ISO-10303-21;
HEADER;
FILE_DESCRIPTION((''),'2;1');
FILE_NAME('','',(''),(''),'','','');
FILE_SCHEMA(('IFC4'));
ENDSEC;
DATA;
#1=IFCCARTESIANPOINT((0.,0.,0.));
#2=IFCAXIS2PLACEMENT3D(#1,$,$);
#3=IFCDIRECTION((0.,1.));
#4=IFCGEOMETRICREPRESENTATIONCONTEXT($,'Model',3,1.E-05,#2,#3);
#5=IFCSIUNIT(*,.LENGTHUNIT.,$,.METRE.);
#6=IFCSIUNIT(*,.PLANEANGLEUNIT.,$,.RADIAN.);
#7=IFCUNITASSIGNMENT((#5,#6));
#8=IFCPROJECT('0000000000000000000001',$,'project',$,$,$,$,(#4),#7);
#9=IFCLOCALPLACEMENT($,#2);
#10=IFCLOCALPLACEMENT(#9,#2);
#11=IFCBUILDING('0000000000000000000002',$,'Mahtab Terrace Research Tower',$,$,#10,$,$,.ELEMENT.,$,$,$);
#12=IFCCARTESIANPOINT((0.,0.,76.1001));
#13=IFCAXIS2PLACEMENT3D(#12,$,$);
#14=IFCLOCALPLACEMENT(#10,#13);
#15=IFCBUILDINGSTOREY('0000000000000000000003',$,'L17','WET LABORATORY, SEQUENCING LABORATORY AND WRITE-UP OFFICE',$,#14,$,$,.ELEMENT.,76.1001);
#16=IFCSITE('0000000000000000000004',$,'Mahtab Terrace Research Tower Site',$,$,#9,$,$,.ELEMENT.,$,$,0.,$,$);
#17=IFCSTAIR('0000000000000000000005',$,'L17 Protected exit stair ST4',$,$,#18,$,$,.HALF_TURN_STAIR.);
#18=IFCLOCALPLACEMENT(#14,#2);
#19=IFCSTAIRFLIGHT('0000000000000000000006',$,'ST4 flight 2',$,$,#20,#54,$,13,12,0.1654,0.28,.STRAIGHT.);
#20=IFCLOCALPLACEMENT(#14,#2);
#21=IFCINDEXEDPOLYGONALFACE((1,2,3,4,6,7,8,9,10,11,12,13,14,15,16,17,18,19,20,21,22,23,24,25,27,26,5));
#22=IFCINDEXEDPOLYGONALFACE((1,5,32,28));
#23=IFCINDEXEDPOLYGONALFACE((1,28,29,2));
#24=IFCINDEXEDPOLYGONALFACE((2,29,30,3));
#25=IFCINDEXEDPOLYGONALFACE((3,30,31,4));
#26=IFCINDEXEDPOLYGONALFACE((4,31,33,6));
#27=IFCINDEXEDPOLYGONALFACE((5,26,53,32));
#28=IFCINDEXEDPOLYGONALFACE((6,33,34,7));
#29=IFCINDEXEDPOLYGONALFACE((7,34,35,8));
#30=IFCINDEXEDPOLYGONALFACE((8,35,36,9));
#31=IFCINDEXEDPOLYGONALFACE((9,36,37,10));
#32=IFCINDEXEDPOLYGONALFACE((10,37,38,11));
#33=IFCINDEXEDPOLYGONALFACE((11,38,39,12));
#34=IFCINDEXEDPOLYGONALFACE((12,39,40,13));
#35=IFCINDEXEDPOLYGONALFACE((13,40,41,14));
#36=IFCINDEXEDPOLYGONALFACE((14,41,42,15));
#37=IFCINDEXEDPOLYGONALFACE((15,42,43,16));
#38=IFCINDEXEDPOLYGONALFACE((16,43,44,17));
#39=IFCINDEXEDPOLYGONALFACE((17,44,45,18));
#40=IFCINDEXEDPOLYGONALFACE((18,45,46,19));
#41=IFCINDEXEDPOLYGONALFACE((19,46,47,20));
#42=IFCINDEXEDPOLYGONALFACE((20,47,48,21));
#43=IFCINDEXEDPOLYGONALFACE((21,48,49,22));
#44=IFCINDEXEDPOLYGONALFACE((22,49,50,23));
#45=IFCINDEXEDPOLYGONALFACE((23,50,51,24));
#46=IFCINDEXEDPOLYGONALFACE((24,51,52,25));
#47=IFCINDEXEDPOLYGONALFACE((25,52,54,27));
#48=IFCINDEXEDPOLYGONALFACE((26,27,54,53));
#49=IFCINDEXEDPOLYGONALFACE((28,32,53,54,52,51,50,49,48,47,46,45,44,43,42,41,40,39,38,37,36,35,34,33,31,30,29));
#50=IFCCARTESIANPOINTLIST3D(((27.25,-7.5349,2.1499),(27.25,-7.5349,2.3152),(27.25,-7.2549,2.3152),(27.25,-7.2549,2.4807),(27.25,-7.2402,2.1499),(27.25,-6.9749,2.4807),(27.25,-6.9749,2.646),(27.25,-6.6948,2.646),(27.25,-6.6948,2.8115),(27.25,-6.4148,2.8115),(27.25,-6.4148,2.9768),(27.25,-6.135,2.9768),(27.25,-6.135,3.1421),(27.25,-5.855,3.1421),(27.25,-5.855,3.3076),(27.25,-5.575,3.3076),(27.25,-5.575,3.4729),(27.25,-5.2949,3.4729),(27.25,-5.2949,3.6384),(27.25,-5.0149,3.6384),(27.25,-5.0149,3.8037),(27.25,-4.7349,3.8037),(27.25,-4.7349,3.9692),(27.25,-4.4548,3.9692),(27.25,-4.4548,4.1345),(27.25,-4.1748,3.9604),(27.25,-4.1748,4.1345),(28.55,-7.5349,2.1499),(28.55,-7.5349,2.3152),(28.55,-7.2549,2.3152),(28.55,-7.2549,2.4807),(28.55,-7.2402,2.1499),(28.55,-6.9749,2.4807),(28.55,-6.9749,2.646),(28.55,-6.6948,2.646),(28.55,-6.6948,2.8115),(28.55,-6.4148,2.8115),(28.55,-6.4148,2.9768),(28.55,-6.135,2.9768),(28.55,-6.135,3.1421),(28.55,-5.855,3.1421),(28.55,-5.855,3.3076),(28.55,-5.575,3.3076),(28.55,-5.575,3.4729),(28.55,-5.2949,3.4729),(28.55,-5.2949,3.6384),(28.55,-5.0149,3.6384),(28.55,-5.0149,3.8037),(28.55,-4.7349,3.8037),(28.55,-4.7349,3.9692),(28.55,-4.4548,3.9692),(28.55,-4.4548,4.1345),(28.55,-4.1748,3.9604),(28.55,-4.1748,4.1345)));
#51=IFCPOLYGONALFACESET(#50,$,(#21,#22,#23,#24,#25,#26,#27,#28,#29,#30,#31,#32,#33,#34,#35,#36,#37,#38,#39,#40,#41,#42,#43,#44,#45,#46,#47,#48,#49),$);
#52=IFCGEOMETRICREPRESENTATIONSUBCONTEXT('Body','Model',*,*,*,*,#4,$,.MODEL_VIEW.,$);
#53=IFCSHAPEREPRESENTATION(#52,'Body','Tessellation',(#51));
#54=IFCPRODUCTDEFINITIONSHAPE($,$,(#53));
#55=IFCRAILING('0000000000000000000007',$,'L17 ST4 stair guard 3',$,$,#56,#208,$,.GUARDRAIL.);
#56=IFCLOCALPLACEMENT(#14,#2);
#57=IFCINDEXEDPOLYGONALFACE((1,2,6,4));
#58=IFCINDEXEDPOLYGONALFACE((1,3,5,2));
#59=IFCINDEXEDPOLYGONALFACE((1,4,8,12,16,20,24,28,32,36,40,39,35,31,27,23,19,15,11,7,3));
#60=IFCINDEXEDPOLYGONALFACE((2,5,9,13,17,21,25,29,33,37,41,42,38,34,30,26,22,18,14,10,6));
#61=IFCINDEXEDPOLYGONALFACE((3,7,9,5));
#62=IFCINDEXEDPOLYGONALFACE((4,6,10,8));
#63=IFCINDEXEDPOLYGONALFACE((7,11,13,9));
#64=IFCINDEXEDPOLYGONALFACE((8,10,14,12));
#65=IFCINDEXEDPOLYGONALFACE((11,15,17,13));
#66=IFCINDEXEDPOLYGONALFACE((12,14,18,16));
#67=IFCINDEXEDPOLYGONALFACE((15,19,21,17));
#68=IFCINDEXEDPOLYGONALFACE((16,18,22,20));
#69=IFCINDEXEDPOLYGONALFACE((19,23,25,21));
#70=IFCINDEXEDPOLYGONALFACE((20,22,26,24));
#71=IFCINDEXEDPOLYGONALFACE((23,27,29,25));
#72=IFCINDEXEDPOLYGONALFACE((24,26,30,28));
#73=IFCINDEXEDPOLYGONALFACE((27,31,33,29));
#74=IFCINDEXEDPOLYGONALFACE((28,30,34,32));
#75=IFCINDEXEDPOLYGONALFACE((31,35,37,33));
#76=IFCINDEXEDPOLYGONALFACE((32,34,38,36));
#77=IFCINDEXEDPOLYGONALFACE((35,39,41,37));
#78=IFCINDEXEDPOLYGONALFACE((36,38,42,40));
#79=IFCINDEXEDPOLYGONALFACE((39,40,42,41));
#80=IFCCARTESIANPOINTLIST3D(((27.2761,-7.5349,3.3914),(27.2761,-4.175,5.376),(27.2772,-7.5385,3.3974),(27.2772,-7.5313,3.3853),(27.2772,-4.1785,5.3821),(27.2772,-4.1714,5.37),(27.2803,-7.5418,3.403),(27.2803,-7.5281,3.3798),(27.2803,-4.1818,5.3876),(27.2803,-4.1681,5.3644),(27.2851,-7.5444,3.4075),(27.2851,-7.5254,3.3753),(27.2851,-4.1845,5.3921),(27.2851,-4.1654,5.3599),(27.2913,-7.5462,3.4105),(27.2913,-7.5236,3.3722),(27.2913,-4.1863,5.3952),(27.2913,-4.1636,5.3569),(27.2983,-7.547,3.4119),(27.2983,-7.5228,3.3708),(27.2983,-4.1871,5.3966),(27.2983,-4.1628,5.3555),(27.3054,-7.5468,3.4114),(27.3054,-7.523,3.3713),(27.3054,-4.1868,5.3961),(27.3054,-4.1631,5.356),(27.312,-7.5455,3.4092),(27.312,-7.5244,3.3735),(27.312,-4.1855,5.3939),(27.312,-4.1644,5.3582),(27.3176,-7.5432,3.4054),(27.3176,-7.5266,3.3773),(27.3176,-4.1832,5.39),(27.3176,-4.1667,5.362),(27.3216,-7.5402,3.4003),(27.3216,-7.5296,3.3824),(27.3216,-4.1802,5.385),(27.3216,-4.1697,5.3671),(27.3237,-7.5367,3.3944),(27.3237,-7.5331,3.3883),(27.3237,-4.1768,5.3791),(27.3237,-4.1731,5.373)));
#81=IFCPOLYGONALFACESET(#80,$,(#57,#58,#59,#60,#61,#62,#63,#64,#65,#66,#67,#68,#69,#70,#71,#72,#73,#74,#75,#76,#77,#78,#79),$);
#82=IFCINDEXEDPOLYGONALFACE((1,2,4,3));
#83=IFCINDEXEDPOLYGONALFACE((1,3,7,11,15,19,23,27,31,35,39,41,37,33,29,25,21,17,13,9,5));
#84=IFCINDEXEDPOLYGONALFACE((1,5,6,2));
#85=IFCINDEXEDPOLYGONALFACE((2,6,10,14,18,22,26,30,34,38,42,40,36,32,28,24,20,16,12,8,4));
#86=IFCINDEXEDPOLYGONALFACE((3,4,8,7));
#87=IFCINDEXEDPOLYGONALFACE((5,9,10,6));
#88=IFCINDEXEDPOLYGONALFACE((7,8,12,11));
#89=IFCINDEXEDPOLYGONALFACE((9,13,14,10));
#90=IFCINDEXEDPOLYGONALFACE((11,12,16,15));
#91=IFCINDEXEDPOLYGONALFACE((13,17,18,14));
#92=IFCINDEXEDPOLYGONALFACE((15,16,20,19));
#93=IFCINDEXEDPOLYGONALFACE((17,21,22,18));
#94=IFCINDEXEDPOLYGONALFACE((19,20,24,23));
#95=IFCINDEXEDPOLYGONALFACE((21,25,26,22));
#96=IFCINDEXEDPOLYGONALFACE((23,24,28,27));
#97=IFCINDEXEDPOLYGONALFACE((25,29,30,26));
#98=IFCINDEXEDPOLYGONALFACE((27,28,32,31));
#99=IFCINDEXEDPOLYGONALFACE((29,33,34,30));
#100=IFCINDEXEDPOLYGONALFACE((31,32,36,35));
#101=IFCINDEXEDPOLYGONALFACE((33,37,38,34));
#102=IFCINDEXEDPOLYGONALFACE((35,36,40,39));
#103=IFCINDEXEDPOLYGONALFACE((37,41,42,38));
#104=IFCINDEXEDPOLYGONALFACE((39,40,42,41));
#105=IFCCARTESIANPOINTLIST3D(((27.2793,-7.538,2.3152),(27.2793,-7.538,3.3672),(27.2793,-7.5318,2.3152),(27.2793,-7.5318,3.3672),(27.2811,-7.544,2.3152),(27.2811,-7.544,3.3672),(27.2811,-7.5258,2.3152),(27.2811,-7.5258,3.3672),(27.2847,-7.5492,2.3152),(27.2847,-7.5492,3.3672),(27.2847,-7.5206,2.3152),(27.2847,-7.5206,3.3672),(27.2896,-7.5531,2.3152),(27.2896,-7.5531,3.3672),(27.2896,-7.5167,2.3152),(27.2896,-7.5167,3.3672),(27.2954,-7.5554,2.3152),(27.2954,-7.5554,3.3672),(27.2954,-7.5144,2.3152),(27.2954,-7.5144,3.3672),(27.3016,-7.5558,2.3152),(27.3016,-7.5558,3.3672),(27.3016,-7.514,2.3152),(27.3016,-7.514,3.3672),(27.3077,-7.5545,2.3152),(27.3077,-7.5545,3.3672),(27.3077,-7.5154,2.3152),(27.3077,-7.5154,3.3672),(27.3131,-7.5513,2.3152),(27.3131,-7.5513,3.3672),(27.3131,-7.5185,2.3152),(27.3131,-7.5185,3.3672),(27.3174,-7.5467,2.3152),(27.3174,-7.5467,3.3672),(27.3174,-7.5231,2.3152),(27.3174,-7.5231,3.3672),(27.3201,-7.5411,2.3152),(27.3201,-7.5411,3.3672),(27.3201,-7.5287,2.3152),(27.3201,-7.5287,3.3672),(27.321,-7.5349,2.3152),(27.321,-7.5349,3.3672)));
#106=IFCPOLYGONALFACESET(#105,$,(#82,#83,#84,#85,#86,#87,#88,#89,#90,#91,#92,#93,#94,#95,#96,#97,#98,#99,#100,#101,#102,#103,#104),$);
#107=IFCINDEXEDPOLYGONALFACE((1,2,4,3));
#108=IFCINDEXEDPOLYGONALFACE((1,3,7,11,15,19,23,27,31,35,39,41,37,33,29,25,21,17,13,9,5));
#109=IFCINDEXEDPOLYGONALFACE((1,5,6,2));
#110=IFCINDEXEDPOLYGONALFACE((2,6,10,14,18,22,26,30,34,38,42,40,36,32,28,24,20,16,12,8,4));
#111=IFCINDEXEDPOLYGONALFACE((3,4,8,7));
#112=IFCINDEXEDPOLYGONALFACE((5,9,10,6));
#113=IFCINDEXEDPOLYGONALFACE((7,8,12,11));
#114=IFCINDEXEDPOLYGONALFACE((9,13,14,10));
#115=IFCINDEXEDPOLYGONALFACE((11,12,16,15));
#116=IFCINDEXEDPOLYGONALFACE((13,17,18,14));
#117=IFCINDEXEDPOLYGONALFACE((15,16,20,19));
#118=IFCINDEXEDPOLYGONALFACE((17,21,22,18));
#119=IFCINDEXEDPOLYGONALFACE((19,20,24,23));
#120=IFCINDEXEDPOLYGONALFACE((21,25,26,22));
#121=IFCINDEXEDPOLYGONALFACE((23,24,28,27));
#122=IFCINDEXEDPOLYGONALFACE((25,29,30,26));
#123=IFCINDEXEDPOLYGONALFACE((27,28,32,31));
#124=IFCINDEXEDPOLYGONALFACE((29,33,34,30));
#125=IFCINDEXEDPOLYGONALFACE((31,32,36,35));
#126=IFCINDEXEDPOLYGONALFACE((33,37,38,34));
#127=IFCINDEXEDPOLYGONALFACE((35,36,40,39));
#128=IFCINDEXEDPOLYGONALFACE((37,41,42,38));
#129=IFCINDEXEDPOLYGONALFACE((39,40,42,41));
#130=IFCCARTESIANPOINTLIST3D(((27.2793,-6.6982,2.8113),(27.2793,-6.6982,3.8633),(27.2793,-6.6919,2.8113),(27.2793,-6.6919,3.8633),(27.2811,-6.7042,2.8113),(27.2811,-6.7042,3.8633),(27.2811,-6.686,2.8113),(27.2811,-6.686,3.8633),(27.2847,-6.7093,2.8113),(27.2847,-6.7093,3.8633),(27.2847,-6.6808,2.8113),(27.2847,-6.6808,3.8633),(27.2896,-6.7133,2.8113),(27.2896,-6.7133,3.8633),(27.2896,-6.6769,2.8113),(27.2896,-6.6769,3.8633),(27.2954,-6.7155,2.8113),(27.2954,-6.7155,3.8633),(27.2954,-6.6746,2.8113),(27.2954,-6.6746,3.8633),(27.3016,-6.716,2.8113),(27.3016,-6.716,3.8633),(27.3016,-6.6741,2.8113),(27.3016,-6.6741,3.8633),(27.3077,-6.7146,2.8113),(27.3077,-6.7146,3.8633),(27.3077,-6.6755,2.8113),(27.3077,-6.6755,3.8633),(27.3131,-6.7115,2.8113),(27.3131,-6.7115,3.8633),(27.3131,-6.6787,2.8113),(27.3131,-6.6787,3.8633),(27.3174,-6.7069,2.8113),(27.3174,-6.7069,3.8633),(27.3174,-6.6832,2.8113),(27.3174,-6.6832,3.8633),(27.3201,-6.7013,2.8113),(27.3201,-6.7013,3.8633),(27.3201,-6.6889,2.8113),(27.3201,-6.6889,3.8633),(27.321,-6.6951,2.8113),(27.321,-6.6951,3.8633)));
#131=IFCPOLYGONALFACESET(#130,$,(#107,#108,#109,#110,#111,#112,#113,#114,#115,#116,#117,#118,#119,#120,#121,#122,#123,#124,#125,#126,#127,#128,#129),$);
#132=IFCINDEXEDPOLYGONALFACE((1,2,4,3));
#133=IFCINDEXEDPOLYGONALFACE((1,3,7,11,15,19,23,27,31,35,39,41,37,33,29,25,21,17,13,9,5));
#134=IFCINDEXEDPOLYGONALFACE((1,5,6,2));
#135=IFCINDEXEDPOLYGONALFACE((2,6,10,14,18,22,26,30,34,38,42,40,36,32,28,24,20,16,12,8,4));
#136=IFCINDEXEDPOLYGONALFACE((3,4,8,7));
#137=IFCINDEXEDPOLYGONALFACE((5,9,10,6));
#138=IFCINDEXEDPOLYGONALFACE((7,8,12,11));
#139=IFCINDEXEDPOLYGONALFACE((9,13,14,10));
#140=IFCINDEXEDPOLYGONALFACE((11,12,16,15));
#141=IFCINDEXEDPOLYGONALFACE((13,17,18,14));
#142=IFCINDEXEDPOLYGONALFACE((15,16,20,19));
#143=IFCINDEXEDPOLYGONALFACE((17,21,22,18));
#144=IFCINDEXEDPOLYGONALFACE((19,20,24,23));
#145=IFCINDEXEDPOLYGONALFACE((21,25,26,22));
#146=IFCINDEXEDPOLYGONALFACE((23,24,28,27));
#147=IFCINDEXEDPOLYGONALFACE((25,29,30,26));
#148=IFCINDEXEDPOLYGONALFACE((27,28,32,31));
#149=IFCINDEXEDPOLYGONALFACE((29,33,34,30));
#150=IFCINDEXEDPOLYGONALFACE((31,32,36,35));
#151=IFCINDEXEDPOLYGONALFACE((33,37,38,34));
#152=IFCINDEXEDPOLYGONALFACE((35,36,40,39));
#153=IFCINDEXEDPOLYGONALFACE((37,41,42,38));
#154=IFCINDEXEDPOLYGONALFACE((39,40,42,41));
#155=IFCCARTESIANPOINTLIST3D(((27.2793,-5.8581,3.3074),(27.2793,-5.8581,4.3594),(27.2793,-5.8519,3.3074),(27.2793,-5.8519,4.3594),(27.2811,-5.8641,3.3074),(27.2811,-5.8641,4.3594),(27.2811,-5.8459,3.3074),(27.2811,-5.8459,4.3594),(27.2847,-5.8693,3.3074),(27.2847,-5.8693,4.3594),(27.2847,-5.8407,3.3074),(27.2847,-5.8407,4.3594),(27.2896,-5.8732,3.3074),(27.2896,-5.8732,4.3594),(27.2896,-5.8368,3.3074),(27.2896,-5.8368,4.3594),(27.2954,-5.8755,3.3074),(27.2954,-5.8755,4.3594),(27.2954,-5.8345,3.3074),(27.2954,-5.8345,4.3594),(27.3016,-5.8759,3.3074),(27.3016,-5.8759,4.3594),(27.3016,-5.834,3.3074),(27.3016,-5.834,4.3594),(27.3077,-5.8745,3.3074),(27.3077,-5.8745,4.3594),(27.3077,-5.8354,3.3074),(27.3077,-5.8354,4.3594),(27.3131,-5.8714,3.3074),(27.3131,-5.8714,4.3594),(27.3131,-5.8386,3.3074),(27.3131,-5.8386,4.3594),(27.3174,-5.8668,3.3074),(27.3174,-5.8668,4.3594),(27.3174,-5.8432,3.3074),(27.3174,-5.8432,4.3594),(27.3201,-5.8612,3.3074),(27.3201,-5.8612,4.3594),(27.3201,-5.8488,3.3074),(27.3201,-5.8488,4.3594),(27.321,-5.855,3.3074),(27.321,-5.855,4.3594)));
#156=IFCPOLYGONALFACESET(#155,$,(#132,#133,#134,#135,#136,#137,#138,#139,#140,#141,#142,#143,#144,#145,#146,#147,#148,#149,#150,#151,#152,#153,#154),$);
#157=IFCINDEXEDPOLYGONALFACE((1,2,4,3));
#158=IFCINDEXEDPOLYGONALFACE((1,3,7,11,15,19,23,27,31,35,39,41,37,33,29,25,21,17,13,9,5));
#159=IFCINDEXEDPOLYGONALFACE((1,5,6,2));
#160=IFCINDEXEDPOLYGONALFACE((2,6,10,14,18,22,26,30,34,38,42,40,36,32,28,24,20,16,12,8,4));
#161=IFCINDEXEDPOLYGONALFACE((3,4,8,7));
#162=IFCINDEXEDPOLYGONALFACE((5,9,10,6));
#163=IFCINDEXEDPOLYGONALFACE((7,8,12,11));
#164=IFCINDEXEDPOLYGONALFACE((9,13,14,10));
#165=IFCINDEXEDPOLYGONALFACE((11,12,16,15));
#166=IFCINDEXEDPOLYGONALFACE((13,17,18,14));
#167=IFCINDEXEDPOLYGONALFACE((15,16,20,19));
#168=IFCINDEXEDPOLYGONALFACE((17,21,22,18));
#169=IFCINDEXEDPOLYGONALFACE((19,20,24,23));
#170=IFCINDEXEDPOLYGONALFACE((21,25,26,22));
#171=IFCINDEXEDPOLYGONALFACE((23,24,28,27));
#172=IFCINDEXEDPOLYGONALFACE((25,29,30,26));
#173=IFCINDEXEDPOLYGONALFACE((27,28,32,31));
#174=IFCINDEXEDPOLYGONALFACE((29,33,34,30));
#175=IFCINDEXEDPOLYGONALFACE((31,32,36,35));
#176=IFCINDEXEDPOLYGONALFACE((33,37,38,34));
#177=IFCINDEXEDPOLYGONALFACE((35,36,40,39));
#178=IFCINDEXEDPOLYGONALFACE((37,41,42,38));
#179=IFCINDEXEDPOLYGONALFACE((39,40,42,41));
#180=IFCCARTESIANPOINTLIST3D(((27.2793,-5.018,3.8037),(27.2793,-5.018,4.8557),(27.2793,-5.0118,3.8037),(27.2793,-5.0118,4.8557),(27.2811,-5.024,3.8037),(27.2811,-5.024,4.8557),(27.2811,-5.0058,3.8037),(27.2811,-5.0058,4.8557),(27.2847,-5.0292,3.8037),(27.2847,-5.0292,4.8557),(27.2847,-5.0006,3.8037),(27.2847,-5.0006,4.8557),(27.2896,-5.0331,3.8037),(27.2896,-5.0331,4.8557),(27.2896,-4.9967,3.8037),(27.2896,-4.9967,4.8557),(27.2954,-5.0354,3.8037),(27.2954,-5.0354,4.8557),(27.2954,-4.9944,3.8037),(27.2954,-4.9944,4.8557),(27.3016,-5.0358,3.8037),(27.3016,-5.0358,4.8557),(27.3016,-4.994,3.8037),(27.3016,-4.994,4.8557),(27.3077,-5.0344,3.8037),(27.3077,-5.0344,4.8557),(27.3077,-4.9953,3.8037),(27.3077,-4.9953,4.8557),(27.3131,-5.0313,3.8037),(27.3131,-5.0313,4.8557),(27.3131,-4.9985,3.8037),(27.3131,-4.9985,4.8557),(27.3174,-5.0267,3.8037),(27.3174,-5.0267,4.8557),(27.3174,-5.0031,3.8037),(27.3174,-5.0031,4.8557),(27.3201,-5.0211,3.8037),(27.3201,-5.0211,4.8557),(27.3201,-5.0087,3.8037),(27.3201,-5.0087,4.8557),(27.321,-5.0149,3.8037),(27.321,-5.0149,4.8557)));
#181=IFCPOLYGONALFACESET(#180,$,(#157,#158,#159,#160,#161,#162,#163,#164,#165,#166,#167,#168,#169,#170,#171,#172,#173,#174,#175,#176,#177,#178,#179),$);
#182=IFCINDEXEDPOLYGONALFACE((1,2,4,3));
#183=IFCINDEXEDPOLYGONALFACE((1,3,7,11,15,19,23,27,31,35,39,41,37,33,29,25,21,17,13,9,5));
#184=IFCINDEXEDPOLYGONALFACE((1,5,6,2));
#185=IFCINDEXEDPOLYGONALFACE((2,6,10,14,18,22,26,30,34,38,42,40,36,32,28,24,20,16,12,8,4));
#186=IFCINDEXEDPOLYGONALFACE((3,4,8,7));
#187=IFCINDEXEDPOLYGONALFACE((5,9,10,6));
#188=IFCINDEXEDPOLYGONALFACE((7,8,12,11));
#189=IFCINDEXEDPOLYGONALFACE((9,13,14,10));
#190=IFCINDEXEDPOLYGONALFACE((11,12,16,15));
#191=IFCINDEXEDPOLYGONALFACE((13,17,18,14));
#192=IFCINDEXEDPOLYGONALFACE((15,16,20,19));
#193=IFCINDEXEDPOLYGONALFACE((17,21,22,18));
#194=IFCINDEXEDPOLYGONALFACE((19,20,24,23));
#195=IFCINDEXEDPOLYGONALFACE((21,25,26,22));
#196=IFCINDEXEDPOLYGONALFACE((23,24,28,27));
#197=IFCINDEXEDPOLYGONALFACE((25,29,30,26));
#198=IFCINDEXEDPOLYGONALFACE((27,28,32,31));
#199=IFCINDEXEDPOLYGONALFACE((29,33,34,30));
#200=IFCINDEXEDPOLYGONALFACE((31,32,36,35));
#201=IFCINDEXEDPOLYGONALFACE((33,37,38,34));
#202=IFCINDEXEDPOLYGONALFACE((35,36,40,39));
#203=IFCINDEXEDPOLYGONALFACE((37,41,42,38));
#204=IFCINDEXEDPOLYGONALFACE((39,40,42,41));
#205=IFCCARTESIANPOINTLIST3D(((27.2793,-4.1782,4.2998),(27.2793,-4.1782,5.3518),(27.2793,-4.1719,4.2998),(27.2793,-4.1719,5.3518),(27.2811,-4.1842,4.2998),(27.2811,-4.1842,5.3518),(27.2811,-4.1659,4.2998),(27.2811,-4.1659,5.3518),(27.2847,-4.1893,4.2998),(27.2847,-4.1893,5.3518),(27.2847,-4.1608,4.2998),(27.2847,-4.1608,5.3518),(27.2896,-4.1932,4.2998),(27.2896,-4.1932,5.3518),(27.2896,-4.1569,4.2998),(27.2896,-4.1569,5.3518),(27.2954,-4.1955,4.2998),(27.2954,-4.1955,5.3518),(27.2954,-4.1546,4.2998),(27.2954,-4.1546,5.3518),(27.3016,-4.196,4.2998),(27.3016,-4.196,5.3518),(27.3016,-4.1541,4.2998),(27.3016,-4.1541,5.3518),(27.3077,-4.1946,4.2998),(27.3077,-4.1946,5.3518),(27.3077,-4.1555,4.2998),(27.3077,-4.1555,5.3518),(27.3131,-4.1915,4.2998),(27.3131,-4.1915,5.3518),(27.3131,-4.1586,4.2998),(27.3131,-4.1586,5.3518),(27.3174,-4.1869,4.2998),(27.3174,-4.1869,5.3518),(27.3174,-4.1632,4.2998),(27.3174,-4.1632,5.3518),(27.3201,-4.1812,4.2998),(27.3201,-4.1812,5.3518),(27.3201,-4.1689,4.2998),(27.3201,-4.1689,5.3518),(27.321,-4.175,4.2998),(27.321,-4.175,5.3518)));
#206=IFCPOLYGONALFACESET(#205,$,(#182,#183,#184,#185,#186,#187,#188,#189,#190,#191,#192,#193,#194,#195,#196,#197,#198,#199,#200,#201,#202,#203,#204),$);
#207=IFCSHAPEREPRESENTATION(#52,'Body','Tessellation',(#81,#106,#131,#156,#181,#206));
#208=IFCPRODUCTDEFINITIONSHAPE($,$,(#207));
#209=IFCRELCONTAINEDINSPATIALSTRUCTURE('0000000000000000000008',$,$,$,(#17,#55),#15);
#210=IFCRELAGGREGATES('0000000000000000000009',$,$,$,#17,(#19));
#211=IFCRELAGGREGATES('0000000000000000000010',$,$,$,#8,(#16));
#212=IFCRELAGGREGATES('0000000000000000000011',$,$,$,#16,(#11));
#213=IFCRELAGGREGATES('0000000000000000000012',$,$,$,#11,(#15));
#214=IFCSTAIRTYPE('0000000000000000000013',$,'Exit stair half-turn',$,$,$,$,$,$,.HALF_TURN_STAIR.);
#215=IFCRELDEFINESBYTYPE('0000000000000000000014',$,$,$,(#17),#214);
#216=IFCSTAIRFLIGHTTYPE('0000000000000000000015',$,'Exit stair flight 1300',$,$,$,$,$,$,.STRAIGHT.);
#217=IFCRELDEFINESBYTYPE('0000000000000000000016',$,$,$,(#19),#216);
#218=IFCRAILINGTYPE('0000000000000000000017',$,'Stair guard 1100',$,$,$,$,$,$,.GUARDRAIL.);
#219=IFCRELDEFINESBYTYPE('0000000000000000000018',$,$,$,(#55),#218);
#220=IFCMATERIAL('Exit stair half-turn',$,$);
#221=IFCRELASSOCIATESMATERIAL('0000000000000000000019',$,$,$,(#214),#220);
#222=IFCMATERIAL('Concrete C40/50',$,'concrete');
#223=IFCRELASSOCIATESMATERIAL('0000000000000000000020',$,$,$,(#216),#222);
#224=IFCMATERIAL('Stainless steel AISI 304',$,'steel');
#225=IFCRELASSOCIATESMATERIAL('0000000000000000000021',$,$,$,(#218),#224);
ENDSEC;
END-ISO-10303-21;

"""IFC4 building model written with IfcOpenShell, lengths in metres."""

from ifc_helpers import new_model, si_unit, direction, frame, origin, origin_2d, place, context, subcontext, project, spatial, polyline, circle, outline, extrude, material, type_object, element, aggregate, save


model = new_model("IFC4")

# Units and contexts
model_context = context("Model", 3, precision=1e-05, world=origin(), true_north=direction((0.0, 1.0)))
body_context = subcontext(model_context, "Body", "Model", "MODEL_VIEW")
ifc_project = project(units=[si_unit("LENGTHUNIT", "METRE"), si_unit("PLANEANGLEUNIT", "RADIAN")], contexts=[model_context])

# Site, building, storey
site_placement = place(None, origin())
site = spatial("IfcSite", under=ifc_project, at=site_placement, Name="Mahtab Terrace Research Tower Site", CompositionType="ELEMENT", RefElevation=0.0)
building_placement = place(site_placement, origin())
building = spatial("IfcBuilding", under=site, at=building_placement, Name="Mahtab Terrace Research Tower", CompositionType="ELEMENT")
storey_placement = place(building_placement, frame((0.0, 0.0, 76.1001)))
storey = spatial("IfcBuildingStorey", under=building, at=storey_placement, Name="L17", Description="WET LABORATORY, SEQUENCING LABORATORY AND WRITE-UP OFFICE", CompositionType="ELEMENT", Elevation=76.1001)

# Stair, stair flight
ifc_material_1 = material(Name="Exit stair half-turn")
stair_type = type_object("IfcStairType", Name="Exit stair half-turn", PredefinedType="HALF_TURN_STAIR", material=ifc_material_1)
stair_placement = place(storey_placement, origin())
stair = element("IfcStair", 1, at=stair_placement, inside=storey, type_object=stair_type, Name="L17 Protected exit stair ST4", PredefinedType="HALF_TURN_STAIR")
ifc_material_2 = material(Name="Concrete C40/50", Category="concrete")
stair_flight_type = type_object("IfcStairFlightType", Name="Exit stair flight 1300", PredefinedType="STRAIGHT", material=ifc_material_2)
stair_flight_placement = place(storey_placement, frame((27.8999, -7.5349, 2.1499), z_axis=(0.0, 0.0, 1.0), x_axis=(0.0, 1.0, 0.0)))
stair_flight = element("IfcStairFlight", 2, at=stair_flight_placement, type_object=stair_flight_type, Name="ST4 flight 2", NumberOfRisers=13, NumberOfTreads=12, PredefinedType="STRAIGHT", RiserHeight=0.1654, TreadLength=0.28, context=body_context, shape_type="SweptSolid", body=[
    extrude(outline(polyline([(0.0, 0.0), (0.0, 0.1653), (0.28, 0.1653), (0.28, 0.3308), (0.5601, 0.3308), (0.5601, 0.4961), (0.8401, 0.4961), (0.8401, 0.6616), (1.1201, 0.6616), (1.1201, 0.8269), (1.3999, 0.8269), (1.3999, 0.9922), (1.6799, 0.9922), (1.6799, 1.1577), (1.96, 1.1577), (1.96, 1.323), (2.24, 1.323), (2.24, 1.4885), (2.52, 1.4885), (2.52, 1.6538), (2.8, 1.6538), (2.8, 1.8193), (3.0801, 1.8193), (3.0801, 1.9846), (3.3601, 1.9846), (3.3601, 2.1499), (3.3601, 1.8105), (0.2947, 0.0), (0.0, 0.0)])), frame((0.0, 0.6499, 0.0), z_axis=(0.0, -1.0, 0.0), x_axis=(1.0, 0.0, 0.0)), (0.0, 0.0, 1.0), 1.3),
])
aggregate(stair, [stair_flight])

# Railing
ifc_material_3 = material(Name="Stainless steel AISI 304", Category="steel")
railing_type_1 = type_object("IfcRailingType", Name="Stair guard 1100", PredefinedType="GUARDRAIL", material=ifc_material_3)
railing_1_placement = place(storey_placement, frame((27.3, -7.5349, 2.3152)))
element("IfcRailing", 3, at=railing_1_placement, inside=storey, type_object=railing_type_1, Name="L17 ST4 stair guard 3", PredefinedType="GUARDRAIL", context=body_context, shape_type="SweptSolid", body=[
    extrude(circle(Radius=0.0239, at=origin_2d()), frame((0.0, 0.0, 1.0762), z_axis=(0.0, 0.861011, 0.508586), x_axis=(-1.0, 0.0, 0.0)), (0.0, 0.0, 1.0), 3.9023),
    extrude(circle(Radius=0.021, at=origin_2d()), origin(), (0.0, 0.0, 1.0), 1.052),
    extrude(circle(Radius=0.021, at=origin_2d()), frame((0.0, 0.8398, 0.4961)), (0.0, 0.0, 1.0), 1.052),
    extrude(circle(Radius=0.021, at=origin_2d()), frame((0.0, 1.6799, 0.9922)), (0.0, 0.0, 1.0), 1.052),
    extrude(circle(Radius=0.021, at=origin_2d()), frame((0.0, 2.52, 1.4885)), (0.0, 0.0, 1.0), 1.052),
    extrude(circle(Radius=0.021, at=origin_2d()), frame((0.0, 3.3599, 1.9846)), (0.0, 0.0, 1.0), 1.052),
])

save(model, "model.ifc")
